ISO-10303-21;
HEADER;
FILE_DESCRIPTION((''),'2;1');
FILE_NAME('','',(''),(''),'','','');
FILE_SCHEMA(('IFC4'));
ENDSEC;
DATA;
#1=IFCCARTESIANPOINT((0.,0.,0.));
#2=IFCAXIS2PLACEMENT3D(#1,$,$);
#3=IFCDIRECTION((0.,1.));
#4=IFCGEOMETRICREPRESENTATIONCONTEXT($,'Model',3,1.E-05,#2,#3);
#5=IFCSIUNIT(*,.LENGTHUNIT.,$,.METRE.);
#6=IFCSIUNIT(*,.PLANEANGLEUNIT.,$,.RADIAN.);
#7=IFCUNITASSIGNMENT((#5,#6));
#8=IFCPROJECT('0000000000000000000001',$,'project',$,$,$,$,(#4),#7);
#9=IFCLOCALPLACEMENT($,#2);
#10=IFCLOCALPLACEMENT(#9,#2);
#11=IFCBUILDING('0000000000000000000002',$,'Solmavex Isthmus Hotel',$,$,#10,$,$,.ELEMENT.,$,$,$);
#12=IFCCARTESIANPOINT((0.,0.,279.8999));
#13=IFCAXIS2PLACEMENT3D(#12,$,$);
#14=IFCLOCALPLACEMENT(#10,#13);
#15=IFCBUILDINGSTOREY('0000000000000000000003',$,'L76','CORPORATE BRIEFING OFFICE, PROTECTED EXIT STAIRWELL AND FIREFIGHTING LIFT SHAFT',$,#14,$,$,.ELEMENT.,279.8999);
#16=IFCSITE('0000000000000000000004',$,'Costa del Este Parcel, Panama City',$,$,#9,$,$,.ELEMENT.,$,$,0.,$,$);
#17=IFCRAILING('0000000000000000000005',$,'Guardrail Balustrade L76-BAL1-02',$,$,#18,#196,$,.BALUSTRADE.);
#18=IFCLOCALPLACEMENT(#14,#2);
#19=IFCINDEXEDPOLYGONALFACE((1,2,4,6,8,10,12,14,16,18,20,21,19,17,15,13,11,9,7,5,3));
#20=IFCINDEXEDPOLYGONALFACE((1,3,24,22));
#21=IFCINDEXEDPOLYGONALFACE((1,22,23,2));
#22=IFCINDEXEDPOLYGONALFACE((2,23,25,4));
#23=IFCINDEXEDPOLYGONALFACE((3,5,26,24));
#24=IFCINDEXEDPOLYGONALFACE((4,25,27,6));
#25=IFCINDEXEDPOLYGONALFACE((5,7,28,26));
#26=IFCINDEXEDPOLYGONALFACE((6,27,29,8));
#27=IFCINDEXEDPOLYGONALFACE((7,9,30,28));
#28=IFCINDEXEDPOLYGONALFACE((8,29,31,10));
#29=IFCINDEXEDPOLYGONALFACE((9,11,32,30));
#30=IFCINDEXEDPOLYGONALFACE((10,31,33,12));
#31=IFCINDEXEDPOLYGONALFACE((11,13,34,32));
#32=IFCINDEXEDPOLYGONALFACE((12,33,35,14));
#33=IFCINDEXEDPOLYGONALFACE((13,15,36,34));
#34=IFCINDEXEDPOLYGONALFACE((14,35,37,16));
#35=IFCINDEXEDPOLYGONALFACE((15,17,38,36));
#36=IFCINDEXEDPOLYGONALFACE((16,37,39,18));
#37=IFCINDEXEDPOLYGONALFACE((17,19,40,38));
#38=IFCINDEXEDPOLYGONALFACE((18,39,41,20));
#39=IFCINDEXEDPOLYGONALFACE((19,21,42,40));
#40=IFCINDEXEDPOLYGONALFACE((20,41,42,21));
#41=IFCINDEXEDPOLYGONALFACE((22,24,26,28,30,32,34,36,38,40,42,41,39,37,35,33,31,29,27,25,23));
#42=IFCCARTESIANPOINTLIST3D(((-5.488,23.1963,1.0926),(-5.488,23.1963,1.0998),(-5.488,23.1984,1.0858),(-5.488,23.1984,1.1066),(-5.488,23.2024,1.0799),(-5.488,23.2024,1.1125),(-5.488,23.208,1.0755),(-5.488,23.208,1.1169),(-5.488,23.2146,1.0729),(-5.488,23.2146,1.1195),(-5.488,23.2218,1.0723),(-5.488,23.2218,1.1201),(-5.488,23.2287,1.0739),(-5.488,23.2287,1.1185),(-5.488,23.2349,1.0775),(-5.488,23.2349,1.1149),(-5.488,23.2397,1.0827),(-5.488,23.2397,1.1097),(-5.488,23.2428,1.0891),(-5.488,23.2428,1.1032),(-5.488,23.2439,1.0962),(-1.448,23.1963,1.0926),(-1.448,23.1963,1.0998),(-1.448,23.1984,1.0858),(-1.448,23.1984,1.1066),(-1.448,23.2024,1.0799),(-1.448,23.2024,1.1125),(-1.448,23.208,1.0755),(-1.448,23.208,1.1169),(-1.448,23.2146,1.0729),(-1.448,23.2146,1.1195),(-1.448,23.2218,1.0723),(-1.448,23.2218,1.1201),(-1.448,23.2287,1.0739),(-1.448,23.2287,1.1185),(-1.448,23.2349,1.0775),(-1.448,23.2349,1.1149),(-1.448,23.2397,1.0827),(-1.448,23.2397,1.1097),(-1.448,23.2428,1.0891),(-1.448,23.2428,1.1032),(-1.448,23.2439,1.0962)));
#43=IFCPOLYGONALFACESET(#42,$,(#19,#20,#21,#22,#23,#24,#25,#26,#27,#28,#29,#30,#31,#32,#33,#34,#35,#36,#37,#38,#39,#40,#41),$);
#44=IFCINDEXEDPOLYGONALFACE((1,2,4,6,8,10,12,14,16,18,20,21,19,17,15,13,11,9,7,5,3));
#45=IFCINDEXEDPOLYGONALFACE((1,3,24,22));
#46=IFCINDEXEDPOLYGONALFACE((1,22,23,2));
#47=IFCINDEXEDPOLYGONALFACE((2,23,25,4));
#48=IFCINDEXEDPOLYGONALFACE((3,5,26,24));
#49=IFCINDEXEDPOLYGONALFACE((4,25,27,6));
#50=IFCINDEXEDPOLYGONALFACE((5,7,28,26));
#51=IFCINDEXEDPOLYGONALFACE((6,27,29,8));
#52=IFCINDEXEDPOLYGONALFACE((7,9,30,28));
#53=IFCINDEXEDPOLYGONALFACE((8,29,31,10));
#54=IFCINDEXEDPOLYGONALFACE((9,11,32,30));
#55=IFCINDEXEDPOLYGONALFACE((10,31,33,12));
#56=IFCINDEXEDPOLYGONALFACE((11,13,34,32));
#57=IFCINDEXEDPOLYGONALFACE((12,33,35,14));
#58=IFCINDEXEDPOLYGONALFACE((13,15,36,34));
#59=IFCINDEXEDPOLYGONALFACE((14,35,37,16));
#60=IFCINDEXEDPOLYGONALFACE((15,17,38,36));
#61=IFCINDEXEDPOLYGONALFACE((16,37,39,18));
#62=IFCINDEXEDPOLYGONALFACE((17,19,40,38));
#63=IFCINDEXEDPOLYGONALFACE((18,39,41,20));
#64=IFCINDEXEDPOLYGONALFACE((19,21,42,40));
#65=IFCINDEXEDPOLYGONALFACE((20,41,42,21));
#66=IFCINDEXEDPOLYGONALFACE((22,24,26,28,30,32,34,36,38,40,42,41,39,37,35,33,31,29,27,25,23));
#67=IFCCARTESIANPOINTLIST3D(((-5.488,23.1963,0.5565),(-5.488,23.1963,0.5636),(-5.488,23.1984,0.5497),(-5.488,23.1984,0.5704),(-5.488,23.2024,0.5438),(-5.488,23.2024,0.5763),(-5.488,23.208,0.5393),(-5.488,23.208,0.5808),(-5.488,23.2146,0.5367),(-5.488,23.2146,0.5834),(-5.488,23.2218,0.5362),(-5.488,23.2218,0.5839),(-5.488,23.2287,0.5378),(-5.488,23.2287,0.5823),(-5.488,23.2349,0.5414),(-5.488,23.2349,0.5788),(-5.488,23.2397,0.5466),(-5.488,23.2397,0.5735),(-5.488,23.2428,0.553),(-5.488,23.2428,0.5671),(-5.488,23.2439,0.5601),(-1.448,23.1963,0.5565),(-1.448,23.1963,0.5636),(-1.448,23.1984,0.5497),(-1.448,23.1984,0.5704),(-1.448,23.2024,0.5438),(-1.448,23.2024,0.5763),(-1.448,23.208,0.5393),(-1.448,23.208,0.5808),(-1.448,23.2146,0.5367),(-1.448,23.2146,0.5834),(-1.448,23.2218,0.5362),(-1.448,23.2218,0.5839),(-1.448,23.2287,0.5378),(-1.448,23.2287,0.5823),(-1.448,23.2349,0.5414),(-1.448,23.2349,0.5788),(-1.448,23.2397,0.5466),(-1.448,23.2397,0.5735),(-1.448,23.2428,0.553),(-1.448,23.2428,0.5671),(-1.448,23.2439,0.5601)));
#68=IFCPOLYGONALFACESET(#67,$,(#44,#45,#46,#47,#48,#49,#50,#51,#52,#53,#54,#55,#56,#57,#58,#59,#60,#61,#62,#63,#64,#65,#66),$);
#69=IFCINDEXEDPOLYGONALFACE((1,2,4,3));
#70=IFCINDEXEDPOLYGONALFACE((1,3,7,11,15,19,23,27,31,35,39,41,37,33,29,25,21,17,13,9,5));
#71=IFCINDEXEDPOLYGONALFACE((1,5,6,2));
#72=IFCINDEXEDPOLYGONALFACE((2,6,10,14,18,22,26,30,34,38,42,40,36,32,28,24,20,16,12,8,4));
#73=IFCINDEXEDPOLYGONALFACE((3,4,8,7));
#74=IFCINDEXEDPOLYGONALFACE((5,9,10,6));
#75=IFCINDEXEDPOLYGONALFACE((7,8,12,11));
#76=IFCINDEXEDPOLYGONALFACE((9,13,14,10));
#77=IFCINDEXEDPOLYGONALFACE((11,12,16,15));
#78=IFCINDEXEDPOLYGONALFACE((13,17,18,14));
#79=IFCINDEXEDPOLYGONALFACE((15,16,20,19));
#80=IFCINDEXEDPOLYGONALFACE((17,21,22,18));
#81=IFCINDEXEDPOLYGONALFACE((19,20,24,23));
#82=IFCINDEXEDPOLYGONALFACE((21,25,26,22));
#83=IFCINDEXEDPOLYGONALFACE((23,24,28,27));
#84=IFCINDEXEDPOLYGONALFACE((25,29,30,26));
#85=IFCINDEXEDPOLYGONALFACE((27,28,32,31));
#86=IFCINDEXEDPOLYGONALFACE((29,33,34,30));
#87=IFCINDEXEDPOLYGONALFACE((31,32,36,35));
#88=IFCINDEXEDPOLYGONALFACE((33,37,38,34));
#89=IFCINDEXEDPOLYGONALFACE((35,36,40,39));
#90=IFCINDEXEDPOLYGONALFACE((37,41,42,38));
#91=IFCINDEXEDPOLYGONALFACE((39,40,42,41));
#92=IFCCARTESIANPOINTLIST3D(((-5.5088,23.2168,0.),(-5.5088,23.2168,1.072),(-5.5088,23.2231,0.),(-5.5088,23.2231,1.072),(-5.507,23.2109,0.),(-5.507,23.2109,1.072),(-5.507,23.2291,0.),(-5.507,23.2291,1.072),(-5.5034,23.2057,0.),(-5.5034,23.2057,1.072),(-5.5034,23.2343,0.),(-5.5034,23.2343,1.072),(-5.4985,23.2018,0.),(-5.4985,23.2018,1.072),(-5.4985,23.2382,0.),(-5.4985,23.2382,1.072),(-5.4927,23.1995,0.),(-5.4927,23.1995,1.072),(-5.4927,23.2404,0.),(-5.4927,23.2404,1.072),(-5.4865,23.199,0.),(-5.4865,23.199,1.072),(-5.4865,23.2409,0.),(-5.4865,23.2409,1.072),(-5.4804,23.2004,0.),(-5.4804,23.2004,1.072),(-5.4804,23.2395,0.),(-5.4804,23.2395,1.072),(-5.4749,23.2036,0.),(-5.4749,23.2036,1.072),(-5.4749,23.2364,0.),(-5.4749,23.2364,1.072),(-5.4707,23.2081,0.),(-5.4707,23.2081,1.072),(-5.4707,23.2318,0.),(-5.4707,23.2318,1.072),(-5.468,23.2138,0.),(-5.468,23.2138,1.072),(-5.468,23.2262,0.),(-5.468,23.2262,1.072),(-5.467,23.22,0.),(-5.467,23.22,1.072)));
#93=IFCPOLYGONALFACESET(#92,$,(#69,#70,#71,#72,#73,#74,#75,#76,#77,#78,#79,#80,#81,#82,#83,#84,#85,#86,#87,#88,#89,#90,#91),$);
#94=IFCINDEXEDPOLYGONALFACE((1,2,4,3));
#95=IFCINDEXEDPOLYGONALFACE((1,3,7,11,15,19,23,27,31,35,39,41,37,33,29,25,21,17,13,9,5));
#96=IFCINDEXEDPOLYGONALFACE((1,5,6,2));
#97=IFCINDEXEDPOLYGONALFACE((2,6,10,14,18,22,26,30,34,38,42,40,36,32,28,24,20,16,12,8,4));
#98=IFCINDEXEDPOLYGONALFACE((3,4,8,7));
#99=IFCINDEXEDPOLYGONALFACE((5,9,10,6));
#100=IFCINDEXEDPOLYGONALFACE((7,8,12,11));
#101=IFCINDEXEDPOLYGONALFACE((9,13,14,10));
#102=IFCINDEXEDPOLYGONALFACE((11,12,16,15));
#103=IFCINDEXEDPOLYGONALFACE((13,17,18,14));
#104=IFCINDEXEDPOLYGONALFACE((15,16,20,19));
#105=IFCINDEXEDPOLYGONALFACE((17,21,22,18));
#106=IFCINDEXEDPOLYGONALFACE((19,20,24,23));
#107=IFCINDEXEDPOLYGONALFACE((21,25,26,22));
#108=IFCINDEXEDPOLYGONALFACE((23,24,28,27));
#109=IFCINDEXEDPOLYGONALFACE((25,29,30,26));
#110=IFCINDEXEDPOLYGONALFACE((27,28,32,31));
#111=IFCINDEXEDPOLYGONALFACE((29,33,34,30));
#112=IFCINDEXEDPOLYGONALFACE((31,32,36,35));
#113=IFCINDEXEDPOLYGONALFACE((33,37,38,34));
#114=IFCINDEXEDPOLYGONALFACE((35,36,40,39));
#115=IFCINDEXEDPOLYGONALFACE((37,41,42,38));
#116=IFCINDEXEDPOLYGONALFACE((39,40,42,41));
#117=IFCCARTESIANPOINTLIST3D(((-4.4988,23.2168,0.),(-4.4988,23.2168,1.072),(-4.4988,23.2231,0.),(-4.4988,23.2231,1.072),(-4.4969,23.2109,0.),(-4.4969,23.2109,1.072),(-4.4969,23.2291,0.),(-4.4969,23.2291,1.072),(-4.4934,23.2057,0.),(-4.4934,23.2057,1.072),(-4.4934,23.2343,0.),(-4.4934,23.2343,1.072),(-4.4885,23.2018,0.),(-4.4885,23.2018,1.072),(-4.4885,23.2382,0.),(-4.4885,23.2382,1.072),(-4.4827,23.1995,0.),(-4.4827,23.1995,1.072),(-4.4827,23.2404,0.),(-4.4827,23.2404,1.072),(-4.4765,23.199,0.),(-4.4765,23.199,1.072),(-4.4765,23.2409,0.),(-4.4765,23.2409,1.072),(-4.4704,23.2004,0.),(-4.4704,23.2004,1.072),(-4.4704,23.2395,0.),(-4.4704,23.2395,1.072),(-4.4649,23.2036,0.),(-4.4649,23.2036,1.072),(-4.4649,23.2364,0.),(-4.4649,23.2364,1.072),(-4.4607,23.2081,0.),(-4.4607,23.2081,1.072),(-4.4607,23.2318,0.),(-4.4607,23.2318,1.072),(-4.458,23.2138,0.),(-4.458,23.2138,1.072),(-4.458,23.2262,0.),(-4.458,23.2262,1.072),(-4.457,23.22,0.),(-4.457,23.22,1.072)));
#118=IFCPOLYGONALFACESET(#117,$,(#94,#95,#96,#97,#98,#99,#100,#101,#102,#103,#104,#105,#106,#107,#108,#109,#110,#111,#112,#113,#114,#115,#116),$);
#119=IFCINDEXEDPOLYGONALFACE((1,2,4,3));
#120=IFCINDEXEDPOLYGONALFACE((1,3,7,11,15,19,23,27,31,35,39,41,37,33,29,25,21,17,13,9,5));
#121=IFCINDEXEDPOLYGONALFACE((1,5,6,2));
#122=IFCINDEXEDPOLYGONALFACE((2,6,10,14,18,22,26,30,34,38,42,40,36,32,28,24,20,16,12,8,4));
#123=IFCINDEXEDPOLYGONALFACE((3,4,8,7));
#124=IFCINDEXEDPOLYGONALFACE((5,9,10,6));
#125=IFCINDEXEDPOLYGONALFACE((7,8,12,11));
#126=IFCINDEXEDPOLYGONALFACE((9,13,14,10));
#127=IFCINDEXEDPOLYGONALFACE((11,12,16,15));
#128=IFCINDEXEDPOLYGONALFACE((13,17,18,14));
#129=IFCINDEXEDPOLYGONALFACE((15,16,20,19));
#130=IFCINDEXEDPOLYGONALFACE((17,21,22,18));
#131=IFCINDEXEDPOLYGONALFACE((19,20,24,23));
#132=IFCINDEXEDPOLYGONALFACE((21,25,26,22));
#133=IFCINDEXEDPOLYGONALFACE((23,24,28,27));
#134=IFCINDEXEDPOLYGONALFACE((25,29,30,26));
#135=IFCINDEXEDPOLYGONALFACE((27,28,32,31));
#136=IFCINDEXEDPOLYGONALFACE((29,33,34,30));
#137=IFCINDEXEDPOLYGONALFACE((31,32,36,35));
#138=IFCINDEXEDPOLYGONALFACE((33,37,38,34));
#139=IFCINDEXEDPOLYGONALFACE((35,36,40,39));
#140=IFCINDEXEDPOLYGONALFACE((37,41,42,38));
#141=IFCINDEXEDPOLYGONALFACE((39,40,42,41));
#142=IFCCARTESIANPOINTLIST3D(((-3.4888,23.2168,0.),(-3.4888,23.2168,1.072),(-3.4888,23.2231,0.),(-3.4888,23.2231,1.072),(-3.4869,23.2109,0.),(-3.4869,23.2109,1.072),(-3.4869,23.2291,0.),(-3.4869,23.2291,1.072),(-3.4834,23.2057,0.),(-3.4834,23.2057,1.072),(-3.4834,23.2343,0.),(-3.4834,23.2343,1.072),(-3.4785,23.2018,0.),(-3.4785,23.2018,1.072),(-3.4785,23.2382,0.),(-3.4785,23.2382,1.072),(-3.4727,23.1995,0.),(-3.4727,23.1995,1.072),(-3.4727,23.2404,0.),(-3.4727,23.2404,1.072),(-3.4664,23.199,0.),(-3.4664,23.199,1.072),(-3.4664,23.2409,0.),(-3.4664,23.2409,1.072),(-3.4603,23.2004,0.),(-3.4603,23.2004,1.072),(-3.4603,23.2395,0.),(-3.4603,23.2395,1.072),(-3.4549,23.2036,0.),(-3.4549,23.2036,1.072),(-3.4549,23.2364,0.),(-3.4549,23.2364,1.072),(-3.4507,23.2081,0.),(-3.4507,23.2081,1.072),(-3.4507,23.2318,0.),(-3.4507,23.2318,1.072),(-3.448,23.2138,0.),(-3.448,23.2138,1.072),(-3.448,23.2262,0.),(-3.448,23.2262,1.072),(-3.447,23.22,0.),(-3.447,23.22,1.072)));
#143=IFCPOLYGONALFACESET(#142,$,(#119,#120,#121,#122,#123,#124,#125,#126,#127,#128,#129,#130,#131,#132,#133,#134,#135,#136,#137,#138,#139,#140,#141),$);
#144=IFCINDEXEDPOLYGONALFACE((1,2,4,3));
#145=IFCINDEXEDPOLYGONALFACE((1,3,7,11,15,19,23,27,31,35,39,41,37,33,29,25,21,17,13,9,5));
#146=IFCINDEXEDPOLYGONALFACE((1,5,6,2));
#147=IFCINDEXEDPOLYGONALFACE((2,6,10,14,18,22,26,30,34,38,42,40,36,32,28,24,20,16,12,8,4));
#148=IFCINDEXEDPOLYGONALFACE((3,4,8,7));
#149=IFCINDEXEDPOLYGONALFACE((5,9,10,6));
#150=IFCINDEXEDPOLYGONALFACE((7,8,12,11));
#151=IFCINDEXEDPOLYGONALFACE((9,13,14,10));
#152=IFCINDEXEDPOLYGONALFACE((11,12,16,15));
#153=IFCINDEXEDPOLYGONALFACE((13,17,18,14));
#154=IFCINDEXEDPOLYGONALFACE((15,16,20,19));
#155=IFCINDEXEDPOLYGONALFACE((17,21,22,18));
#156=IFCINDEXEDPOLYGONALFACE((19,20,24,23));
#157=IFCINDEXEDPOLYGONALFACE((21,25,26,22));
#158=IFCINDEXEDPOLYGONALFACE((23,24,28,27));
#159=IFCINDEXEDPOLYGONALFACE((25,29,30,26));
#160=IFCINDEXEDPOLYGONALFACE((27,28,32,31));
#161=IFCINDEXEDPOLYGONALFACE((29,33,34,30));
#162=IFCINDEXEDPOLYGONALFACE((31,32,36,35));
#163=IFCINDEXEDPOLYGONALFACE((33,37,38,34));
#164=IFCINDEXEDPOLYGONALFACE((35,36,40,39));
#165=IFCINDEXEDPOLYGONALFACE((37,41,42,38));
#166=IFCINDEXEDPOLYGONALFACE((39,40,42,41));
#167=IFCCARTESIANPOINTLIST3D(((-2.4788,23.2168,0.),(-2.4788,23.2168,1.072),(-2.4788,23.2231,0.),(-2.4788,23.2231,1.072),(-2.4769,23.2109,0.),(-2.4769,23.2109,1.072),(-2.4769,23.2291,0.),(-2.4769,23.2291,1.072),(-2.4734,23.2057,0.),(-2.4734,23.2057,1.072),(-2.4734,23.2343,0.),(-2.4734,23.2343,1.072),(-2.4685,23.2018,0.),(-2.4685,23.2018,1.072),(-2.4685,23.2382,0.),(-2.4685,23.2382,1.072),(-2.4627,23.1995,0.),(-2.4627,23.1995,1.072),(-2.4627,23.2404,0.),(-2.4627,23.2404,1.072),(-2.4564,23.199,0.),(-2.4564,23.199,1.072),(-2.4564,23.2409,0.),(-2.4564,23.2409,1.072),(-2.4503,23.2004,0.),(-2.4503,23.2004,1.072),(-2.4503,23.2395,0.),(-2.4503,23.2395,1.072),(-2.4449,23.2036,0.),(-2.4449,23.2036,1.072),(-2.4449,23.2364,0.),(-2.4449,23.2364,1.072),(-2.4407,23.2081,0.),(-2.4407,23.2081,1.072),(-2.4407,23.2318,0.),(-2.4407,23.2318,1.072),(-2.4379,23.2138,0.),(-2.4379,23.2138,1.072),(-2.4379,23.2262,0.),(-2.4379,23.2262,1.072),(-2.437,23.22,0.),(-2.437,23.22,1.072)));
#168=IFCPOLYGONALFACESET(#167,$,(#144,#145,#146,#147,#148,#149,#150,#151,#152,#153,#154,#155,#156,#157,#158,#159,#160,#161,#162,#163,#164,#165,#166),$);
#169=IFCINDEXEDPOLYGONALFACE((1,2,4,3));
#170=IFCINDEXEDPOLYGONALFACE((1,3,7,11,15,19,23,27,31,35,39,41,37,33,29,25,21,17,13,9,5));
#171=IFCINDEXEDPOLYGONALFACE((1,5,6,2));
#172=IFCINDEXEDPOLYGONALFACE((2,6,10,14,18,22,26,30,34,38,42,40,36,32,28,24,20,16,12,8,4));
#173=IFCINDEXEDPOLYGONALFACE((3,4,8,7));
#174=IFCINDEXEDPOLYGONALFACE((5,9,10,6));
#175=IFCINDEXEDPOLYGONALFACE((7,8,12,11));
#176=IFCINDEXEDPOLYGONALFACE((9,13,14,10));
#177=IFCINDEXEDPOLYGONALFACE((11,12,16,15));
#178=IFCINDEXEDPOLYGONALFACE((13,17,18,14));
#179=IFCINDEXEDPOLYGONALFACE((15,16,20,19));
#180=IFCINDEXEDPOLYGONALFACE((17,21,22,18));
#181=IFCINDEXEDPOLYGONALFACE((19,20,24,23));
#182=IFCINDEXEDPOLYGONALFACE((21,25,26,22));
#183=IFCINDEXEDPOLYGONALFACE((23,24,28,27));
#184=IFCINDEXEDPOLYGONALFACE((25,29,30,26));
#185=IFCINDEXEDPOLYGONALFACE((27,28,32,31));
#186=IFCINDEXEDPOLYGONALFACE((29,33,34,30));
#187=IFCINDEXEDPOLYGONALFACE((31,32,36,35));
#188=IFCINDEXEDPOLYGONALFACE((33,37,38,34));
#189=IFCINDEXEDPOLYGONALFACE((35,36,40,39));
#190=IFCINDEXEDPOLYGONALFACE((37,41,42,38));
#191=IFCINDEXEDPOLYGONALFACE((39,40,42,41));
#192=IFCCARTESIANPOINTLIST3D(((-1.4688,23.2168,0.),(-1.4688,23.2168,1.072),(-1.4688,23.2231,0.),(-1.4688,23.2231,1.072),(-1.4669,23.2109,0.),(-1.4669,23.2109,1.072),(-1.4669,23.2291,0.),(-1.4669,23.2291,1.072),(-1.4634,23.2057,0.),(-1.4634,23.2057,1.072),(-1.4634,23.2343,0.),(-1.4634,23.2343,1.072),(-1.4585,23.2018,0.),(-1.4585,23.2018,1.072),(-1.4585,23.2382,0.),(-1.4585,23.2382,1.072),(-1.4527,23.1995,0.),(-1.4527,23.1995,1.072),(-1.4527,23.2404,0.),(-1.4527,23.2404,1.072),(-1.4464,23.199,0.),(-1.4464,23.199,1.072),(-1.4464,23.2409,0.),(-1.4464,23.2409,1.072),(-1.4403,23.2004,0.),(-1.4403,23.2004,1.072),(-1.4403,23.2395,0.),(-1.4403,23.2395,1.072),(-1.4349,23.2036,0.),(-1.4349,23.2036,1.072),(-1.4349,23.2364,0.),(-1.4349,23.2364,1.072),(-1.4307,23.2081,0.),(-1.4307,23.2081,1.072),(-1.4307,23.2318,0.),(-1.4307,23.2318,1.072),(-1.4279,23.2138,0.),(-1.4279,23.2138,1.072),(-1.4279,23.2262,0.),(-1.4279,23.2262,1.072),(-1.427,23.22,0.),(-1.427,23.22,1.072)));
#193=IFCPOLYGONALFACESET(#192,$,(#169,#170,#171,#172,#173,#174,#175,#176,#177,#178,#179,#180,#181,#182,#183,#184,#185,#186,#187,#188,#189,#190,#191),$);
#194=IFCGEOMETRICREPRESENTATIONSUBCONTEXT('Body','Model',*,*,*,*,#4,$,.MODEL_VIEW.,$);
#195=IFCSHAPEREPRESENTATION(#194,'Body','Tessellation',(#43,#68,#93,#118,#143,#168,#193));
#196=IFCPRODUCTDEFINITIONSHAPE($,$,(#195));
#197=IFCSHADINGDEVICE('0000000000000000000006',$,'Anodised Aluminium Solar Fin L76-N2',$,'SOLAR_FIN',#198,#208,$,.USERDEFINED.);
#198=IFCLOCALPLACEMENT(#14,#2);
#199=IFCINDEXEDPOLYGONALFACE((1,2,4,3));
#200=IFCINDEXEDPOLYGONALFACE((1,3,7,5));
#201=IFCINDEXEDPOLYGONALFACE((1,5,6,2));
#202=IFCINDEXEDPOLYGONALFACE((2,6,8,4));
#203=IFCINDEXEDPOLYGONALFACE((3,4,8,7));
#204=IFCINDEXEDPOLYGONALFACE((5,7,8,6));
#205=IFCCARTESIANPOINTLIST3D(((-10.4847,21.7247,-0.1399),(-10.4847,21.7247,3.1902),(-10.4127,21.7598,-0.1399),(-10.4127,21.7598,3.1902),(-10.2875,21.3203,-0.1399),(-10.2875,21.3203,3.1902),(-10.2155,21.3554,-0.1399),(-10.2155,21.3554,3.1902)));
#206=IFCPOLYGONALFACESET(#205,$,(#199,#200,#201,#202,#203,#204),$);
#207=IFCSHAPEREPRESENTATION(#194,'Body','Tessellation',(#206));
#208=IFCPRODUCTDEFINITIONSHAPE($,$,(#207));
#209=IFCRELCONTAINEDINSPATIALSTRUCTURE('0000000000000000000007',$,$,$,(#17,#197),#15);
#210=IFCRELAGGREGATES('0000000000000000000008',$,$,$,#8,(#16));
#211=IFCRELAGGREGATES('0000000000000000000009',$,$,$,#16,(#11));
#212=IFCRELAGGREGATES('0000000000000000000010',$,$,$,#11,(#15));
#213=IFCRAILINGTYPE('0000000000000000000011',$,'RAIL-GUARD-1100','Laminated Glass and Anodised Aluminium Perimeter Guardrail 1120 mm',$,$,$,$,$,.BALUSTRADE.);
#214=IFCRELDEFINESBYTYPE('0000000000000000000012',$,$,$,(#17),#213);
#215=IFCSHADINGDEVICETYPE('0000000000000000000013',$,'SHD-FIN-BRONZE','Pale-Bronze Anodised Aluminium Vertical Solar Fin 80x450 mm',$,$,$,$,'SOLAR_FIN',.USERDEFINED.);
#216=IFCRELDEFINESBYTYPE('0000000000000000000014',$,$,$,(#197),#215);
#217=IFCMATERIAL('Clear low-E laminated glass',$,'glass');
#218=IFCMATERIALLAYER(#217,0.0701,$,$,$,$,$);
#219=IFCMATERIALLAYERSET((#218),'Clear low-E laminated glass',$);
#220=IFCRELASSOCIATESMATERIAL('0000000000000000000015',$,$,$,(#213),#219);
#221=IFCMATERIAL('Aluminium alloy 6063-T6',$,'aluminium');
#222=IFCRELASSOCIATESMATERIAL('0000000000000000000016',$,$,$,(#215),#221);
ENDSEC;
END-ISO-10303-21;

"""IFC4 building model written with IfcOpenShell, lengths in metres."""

from ifc_helpers import new_model, si_unit, direction, frame, origin, origin_2d, place, context, subcontext, project, spatial, rectangle, circle, extrude, material, layer, layer_set, type_object, element, save


model = new_model("IFC4")

# Units and contexts
model_context = context("Model", 3, precision=1e-05, world=origin(), true_north=direction((0.0, 1.0)))
body_context = subcontext(model_context, "Body", "Model", "MODEL_VIEW")
ifc_project = project(units=[si_unit("LENGTHUNIT", "METRE"), si_unit("PLANEANGLEUNIT", "RADIAN")], contexts=[model_context])

# Site, building, storey
site_placement = place(None, origin())
site = spatial("IfcSite", under=ifc_project, at=site_placement, Name="Costa del Este Parcel, Panama City", CompositionType="ELEMENT", RefElevation=0.0)
building_placement = place(site_placement, origin())
building = spatial("IfcBuilding", under=site, at=building_placement, Name="Solmavex Isthmus Hotel", CompositionType="ELEMENT")
storey_placement = place(building_placement, frame((0.0, 0.0, 279.8999)))
storey = spatial("IfcBuildingStorey", under=building, at=storey_placement, Name="L76", Description="CORPORATE BRIEFING OFFICE, PROTECTED EXIT STAIRWELL AND FIREFIGHTING LIFT SHAFT", CompositionType="ELEMENT", Elevation=279.8999)

# Shared definitions
ifc_material_1 = material(Name="Aluminium alloy 6063-T6", Category="aluminium")

# Shared definitions
ifc_material_2 = material(Name="Clear low-E laminated glass", Category="glass")

# Railing
ifc_layer_1 = layer(ifc_material_2, 0.0701)
ifc_layer_set_1 = layer_set([ifc_layer_1], Name="Clear low-E laminated glass")
railing_type = type_object("IfcRailingType", Name="RAIL-GUARD-1100", Description="Laminated Glass and Anodised Aluminium Perimeter Guardrail 1120 mm", PredefinedType="BALUSTRADE", material=ifc_layer_set_1)
railing_1_placement = place(storey_placement, frame((-5.488, 23.22, 0.0)))
element("IfcRailing", 1, at=railing_1_placement, inside=storey, type_object=railing_type, Name="Guardrail Balustrade L76-BAL1-02", PredefinedType="BALUSTRADE", context=body_context, shape_type="SweptSolid", body=[
    extrude(circle(Radius=0.0239, at=origin_2d()), frame((0.0, 0.0, 1.0962), z_axis=(1.0, 0.0, 0.0), x_axis=(0.0, 1.0, 0.0)), (0.0, 0.0, 1.0), 4.04),
    extrude(circle(Radius=0.0239, at=origin_2d()), frame((0.0, 0.0, 0.5601), z_axis=(1.0, 0.0, 0.0), x_axis=(0.0, 1.0, 0.0)), (0.0, 0.0, 1.0), 4.04),
    extrude(circle(Radius=0.021, at=origin_2d()), origin(), (0.0, 0.0, 1.0), 1.072),
    extrude(circle(Radius=0.021, at=origin_2d()), frame((1.01, 0.0, 0.0)), (0.0, 0.0, 1.0), 1.072),
    extrude(circle(Radius=0.021, at=origin_2d()), frame((2.02, 0.0, 0.0)), (0.0, 0.0, 1.0), 1.072),
    extrude(circle(Radius=0.021, at=origin_2d()), frame((3.03, 0.0, 0.0)), (0.0, 0.0, 1.0), 1.072),
    extrude(circle(Radius=0.021, at=origin_2d()), frame((4.04, 0.0, 0.0)), (0.0, 0.0, 1.0), 1.072),
])

# Shading device
shading_device_type = type_object("IfcShadingDeviceType", Name="SHD-FIN-BRONZE", Description="Pale-Bronze Anodised Aluminium Vertical Solar Fin 80x450 mm", ElementType="SOLAR_FIN", PredefinedType="USERDEFINED", material=ifc_material_1)
shading_device_placement = place(storey_placement, frame((-10.3501, 21.54, -0.1399), z_axis=(0.0, 0.0, 1.0), x_axis=(-0.438371, 0.898794, 0.0)))
element("IfcShadingDevice", 2, at=shading_device_placement, inside=storey, type_object=shading_device_type, Name="Anodised Aluminium Solar Fin L76-N2", ObjectType="SOLAR_FIN", PredefinedType="USERDEFINED", context=body_context, shape_type="SweptSolid", body=[
    extrude(rectangle(XDim=0.45, YDim=0.0801, at=origin_2d()), origin(), (0.0, 0.0, 1.0), 3.3301),
])

save(model, "model.ifc")
